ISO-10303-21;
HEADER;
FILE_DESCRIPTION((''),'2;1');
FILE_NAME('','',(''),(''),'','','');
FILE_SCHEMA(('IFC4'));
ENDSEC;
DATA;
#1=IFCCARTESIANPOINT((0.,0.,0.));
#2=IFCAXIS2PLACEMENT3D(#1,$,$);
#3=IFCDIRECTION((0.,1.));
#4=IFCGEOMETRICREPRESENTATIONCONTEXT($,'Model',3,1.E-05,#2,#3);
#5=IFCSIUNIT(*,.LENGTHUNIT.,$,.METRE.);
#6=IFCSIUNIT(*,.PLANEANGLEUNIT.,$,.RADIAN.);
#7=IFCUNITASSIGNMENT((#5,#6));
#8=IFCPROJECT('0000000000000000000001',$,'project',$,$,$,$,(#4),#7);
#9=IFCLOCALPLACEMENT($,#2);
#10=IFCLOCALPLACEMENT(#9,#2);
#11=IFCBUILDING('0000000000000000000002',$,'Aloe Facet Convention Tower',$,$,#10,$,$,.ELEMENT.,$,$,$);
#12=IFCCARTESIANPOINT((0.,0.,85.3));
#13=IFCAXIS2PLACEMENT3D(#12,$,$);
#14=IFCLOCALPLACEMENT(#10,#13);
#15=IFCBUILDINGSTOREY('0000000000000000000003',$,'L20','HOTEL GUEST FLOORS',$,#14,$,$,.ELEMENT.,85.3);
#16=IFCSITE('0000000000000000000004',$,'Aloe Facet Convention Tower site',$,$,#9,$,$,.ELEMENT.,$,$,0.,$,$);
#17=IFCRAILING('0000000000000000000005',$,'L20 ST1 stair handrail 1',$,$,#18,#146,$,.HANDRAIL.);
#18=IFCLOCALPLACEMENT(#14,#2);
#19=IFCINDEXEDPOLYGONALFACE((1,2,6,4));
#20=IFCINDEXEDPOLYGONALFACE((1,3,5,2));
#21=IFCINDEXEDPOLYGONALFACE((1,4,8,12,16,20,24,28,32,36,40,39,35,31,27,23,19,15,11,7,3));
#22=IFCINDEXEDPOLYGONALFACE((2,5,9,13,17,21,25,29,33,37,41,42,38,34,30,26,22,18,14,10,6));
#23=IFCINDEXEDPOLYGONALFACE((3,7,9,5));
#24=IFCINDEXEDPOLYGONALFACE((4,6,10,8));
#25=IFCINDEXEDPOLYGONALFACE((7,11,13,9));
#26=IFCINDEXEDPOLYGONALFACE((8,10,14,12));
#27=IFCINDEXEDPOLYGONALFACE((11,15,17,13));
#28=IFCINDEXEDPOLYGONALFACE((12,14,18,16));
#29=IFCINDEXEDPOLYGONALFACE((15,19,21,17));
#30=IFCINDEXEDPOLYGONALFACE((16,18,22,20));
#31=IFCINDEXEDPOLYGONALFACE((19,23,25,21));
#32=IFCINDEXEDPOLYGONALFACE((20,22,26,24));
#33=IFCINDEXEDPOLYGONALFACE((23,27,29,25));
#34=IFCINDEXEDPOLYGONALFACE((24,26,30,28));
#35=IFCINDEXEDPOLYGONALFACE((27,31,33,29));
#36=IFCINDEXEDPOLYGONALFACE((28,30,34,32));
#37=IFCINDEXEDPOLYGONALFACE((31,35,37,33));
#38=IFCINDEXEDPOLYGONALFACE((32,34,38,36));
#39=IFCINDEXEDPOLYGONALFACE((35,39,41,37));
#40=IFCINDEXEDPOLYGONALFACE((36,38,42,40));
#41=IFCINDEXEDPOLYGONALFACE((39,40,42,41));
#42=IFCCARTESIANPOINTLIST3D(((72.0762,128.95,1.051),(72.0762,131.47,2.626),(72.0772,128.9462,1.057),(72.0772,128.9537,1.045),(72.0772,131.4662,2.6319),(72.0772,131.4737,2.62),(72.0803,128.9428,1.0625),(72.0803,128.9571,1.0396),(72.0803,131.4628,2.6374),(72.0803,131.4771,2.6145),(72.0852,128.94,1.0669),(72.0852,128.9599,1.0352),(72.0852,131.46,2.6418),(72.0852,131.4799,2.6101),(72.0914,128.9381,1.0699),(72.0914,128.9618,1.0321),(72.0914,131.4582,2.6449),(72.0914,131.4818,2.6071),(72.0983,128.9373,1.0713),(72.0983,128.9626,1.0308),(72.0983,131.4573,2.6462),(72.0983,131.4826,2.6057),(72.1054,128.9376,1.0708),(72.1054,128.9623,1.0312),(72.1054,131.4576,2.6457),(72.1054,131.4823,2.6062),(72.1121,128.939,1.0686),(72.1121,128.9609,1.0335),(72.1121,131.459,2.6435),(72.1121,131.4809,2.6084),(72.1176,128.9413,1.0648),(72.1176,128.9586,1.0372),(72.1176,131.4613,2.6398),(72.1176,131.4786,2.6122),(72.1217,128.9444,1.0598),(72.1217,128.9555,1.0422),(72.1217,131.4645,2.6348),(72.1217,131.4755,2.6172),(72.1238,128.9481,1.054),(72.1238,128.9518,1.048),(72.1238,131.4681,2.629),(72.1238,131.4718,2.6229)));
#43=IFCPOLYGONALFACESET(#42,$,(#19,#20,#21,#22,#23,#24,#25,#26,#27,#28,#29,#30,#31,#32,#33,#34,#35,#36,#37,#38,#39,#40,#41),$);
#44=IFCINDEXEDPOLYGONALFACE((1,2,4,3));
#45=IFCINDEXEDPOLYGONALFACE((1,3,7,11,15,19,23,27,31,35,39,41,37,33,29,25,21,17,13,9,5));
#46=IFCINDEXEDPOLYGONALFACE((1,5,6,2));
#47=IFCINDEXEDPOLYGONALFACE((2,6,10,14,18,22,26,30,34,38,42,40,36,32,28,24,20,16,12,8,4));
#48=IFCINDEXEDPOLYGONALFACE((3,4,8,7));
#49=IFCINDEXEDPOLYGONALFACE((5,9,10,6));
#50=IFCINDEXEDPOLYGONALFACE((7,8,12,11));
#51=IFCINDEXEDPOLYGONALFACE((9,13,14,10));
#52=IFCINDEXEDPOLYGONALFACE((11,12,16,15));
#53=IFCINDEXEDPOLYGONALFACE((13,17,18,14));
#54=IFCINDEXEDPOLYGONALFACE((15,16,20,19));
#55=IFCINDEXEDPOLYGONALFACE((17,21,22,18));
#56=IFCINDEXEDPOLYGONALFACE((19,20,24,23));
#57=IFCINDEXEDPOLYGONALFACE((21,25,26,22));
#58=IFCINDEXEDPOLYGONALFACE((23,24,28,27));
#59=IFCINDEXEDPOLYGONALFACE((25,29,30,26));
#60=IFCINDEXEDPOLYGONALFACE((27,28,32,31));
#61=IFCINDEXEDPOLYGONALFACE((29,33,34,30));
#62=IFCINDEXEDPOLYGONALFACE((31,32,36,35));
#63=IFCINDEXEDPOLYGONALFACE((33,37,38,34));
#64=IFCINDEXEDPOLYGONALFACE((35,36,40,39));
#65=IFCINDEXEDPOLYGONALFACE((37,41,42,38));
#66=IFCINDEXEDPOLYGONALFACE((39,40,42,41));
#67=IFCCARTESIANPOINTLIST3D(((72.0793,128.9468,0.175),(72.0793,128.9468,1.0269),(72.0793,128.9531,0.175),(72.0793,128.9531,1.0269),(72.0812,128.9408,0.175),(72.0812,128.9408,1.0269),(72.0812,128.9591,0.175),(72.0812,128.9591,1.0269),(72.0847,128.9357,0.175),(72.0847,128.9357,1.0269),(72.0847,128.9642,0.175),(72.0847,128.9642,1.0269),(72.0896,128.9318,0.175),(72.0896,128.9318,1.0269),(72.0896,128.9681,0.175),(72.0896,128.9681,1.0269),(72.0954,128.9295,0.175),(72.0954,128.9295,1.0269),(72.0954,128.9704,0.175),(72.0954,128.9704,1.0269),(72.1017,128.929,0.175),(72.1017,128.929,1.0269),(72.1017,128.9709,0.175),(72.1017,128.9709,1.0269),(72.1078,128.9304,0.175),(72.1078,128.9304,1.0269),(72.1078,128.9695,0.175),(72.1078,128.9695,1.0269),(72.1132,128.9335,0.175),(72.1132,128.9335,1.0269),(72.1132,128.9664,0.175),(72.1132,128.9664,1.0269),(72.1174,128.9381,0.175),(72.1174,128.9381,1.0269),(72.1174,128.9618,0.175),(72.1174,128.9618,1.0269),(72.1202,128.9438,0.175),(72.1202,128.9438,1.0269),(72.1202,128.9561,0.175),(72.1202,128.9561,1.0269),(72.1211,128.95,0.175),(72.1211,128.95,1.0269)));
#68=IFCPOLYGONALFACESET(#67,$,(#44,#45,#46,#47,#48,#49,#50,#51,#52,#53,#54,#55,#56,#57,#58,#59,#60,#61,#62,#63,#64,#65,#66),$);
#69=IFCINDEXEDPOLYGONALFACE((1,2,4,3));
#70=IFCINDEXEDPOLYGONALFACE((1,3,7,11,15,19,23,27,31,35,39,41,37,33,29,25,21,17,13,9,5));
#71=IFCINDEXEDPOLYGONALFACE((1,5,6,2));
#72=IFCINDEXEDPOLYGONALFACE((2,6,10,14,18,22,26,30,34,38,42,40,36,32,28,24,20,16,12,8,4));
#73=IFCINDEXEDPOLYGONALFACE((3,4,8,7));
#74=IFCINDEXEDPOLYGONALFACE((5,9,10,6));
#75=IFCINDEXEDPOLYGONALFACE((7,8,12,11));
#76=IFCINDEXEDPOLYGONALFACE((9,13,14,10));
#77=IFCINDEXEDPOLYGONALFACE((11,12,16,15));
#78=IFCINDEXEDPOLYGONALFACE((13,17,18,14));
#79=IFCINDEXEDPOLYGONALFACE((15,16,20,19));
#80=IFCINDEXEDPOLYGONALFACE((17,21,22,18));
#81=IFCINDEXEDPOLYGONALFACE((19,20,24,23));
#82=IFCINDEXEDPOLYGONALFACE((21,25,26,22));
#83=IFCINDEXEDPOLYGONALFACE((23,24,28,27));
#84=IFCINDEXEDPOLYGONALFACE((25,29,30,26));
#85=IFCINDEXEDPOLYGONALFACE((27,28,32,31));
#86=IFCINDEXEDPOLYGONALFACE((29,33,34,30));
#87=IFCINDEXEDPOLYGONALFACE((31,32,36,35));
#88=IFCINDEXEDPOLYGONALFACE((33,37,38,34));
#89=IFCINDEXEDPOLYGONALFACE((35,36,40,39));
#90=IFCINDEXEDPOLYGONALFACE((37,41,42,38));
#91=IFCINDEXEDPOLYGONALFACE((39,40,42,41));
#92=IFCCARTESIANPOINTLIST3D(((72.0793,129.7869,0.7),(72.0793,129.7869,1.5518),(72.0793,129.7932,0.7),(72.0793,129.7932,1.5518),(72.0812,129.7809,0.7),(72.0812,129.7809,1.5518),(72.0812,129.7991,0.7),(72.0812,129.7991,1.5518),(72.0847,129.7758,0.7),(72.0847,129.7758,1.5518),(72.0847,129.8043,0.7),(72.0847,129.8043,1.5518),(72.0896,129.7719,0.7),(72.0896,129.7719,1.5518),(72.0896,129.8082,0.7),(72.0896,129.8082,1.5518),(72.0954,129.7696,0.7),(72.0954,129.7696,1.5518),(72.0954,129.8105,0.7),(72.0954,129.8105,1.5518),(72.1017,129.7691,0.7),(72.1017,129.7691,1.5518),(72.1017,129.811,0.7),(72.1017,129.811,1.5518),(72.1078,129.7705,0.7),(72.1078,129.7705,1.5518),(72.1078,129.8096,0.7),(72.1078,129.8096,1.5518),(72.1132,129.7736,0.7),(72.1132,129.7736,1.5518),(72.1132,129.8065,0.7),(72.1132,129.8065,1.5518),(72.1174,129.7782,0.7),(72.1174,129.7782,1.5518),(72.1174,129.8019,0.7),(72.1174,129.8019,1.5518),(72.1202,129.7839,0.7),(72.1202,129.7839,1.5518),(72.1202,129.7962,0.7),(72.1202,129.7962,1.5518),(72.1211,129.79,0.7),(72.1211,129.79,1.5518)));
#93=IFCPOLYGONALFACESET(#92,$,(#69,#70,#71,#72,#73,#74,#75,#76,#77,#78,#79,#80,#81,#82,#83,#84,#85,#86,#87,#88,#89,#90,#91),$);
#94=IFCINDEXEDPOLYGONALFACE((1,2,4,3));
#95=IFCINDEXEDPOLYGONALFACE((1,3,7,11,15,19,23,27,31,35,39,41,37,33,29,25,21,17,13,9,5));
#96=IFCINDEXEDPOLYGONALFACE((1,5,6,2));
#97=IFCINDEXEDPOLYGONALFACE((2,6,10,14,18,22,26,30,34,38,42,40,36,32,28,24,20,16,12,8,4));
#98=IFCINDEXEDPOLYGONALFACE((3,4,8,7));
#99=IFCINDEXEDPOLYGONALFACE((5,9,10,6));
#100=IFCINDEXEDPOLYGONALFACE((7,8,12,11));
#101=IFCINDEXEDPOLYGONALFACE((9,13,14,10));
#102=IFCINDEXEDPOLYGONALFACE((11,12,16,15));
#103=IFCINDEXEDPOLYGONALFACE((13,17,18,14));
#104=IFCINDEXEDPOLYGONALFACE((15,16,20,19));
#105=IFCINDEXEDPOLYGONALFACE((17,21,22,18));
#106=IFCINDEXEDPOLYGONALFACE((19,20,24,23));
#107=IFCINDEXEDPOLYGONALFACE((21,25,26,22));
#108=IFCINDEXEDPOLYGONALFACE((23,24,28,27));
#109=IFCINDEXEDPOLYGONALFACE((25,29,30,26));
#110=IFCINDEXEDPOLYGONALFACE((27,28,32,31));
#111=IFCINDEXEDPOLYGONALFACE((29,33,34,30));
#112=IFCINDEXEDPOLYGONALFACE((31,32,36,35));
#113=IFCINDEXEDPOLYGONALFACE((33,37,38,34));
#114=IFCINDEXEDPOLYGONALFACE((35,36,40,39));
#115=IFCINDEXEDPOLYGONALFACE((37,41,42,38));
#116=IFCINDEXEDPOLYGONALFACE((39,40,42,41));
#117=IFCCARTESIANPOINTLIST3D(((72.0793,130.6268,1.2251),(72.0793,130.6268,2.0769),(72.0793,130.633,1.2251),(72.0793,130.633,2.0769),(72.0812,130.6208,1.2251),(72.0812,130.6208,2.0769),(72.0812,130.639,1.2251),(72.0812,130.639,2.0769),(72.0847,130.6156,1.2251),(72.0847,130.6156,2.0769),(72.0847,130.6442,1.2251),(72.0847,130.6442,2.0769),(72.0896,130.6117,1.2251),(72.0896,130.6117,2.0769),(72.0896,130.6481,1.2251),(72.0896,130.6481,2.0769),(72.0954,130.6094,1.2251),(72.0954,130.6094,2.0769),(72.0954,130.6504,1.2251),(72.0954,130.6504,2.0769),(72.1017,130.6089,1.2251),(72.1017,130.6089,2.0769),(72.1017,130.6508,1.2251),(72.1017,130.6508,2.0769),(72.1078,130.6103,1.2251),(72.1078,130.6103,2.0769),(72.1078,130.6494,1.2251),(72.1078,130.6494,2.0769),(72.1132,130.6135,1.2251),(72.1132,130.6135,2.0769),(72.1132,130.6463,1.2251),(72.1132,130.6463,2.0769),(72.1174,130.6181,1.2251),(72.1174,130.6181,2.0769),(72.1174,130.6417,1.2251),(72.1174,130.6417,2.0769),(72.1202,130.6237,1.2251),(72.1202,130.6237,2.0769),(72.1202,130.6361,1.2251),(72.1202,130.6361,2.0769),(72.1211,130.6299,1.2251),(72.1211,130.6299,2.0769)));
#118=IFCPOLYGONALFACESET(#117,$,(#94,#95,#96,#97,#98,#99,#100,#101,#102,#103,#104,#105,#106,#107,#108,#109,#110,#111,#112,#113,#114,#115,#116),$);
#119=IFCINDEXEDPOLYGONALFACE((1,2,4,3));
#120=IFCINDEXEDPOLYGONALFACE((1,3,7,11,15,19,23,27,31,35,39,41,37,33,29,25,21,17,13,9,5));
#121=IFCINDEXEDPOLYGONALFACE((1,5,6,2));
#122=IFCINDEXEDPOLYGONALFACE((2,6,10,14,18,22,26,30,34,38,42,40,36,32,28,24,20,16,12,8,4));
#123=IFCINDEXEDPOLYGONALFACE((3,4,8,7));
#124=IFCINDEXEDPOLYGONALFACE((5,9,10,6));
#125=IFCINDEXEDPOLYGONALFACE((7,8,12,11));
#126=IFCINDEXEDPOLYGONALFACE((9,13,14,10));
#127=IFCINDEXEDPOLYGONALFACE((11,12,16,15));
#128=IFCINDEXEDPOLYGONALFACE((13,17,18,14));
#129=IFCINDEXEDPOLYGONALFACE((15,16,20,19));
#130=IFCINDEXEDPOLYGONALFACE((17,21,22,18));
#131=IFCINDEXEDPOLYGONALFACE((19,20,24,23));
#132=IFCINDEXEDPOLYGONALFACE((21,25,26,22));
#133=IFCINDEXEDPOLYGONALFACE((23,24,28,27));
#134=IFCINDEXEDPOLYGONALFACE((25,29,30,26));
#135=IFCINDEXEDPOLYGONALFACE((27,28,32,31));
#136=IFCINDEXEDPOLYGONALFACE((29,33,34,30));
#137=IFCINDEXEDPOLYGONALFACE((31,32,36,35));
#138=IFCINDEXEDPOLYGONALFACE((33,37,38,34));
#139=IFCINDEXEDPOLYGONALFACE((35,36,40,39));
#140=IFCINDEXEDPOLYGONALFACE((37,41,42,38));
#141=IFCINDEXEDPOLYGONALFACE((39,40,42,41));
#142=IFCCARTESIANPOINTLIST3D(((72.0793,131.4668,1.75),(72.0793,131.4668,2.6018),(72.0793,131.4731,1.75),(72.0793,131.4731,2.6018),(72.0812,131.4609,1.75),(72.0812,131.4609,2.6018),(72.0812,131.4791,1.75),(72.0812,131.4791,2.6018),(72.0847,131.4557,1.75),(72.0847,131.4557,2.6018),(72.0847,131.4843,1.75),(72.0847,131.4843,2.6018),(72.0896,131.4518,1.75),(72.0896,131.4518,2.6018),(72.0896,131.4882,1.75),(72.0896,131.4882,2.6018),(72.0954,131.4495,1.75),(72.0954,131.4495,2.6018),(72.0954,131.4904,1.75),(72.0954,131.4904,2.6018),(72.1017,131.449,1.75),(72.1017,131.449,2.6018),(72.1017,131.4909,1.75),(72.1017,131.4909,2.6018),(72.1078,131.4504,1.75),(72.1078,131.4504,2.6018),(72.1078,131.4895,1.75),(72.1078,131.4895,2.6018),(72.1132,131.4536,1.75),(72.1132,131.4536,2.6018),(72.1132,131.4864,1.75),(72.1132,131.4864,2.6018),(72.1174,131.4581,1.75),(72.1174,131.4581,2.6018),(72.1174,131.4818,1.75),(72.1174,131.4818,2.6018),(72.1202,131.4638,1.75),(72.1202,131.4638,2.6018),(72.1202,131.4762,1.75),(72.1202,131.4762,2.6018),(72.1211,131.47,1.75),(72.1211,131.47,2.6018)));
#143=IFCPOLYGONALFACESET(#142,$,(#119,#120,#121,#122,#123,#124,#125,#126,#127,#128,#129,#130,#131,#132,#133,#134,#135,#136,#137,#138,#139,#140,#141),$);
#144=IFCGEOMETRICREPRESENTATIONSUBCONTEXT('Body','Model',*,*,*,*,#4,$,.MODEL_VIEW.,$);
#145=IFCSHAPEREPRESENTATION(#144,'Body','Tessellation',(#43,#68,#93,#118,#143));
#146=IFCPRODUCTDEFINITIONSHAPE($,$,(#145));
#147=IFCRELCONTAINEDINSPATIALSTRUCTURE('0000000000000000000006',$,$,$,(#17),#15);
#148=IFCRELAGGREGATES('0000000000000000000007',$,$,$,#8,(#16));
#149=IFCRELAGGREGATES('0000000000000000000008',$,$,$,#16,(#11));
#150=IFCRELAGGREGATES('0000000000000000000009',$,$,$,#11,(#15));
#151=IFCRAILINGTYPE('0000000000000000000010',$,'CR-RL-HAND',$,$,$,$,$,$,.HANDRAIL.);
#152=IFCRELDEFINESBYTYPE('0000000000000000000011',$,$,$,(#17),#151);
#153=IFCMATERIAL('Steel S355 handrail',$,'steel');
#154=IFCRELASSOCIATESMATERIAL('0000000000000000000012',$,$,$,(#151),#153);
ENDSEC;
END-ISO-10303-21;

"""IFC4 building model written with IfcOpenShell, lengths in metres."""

from ifc_helpers import new_model, si_unit, direction, frame, origin, origin_2d, place, context, subcontext, project, spatial, circle, extrude, material, type_object, element, save


model = new_model("IFC4")

# Units and contexts
model_context = context("Model", 3, precision=1e-05, world=origin(), true_north=direction((0.0, 1.0)))
body_context = subcontext(model_context, "Body", "Model", "MODEL_VIEW")
ifc_project = project(units=[si_unit("LENGTHUNIT", "METRE"), si_unit("PLANEANGLEUNIT", "RADIAN")], contexts=[model_context])

# Site, building, storey
site_placement = place(None, origin())
site = spatial("IfcSite", under=ifc_project, at=site_placement, Name="Aloe Facet Convention Tower site", CompositionType="ELEMENT", RefElevation=0.0)
building_placement = place(site_placement, origin())
building = spatial("IfcBuilding", under=site, at=building_placement, Name="Aloe Facet Convention Tower", CompositionType="ELEMENT")
storey_placement = place(building_placement, frame((0.0, 0.0, 85.3)))
storey = spatial("IfcBuildingStorey", under=building, at=storey_placement, Name="L20", Description="HOTEL GUEST FLOORS", CompositionType="ELEMENT", Elevation=85.3)

# Railing
ifc_material_1 = material(Name="Steel S355 handrail", Category="steel")
railing_type_1 = type_object("IfcRailingType", Name="CR-RL-HAND", PredefinedType="HANDRAIL", material=ifc_material_1)
railing_1_placement = place(storey_placement, frame((72.1001, 128.95, 0.175)))
element("IfcRailing", 1, at=railing_1_placement, inside=storey, type_object=railing_type_1, Name="L20 ST1 stair handrail 1", PredefinedType="HANDRAIL", context=body_context, shape_type="SweptSolid", body=[
    extrude(circle(Radius=0.0239, at=origin_2d()), frame((0.0, 0.0, 0.876), z_axis=(0.0, 0.848008, 0.529984), x_axis=(-1.0, 0.0, 0.0)), (0.0, 0.0, 1.0), 2.9717),
    extrude(circle(Radius=0.021, at=origin_2d()), origin(), (0.0, 0.0, 1.0), 0.8518),
    extrude(circle(Radius=0.021, at=origin_2d()), frame((0.0, 0.8401, 0.5249)), (0.0, 0.0, 1.0), 0.8518),
    extrude(circle(Radius=0.021, at=origin_2d()), frame((0.0, 1.6799, 1.05)), (0.0, 0.0, 1.0), 0.8518),
    extrude(circle(Radius=0.021, at=origin_2d()), frame((0.0, 2.52, 1.575)), (0.0, 0.0, 1.0), 0.8518),
])

save(model, "model.ifc")
